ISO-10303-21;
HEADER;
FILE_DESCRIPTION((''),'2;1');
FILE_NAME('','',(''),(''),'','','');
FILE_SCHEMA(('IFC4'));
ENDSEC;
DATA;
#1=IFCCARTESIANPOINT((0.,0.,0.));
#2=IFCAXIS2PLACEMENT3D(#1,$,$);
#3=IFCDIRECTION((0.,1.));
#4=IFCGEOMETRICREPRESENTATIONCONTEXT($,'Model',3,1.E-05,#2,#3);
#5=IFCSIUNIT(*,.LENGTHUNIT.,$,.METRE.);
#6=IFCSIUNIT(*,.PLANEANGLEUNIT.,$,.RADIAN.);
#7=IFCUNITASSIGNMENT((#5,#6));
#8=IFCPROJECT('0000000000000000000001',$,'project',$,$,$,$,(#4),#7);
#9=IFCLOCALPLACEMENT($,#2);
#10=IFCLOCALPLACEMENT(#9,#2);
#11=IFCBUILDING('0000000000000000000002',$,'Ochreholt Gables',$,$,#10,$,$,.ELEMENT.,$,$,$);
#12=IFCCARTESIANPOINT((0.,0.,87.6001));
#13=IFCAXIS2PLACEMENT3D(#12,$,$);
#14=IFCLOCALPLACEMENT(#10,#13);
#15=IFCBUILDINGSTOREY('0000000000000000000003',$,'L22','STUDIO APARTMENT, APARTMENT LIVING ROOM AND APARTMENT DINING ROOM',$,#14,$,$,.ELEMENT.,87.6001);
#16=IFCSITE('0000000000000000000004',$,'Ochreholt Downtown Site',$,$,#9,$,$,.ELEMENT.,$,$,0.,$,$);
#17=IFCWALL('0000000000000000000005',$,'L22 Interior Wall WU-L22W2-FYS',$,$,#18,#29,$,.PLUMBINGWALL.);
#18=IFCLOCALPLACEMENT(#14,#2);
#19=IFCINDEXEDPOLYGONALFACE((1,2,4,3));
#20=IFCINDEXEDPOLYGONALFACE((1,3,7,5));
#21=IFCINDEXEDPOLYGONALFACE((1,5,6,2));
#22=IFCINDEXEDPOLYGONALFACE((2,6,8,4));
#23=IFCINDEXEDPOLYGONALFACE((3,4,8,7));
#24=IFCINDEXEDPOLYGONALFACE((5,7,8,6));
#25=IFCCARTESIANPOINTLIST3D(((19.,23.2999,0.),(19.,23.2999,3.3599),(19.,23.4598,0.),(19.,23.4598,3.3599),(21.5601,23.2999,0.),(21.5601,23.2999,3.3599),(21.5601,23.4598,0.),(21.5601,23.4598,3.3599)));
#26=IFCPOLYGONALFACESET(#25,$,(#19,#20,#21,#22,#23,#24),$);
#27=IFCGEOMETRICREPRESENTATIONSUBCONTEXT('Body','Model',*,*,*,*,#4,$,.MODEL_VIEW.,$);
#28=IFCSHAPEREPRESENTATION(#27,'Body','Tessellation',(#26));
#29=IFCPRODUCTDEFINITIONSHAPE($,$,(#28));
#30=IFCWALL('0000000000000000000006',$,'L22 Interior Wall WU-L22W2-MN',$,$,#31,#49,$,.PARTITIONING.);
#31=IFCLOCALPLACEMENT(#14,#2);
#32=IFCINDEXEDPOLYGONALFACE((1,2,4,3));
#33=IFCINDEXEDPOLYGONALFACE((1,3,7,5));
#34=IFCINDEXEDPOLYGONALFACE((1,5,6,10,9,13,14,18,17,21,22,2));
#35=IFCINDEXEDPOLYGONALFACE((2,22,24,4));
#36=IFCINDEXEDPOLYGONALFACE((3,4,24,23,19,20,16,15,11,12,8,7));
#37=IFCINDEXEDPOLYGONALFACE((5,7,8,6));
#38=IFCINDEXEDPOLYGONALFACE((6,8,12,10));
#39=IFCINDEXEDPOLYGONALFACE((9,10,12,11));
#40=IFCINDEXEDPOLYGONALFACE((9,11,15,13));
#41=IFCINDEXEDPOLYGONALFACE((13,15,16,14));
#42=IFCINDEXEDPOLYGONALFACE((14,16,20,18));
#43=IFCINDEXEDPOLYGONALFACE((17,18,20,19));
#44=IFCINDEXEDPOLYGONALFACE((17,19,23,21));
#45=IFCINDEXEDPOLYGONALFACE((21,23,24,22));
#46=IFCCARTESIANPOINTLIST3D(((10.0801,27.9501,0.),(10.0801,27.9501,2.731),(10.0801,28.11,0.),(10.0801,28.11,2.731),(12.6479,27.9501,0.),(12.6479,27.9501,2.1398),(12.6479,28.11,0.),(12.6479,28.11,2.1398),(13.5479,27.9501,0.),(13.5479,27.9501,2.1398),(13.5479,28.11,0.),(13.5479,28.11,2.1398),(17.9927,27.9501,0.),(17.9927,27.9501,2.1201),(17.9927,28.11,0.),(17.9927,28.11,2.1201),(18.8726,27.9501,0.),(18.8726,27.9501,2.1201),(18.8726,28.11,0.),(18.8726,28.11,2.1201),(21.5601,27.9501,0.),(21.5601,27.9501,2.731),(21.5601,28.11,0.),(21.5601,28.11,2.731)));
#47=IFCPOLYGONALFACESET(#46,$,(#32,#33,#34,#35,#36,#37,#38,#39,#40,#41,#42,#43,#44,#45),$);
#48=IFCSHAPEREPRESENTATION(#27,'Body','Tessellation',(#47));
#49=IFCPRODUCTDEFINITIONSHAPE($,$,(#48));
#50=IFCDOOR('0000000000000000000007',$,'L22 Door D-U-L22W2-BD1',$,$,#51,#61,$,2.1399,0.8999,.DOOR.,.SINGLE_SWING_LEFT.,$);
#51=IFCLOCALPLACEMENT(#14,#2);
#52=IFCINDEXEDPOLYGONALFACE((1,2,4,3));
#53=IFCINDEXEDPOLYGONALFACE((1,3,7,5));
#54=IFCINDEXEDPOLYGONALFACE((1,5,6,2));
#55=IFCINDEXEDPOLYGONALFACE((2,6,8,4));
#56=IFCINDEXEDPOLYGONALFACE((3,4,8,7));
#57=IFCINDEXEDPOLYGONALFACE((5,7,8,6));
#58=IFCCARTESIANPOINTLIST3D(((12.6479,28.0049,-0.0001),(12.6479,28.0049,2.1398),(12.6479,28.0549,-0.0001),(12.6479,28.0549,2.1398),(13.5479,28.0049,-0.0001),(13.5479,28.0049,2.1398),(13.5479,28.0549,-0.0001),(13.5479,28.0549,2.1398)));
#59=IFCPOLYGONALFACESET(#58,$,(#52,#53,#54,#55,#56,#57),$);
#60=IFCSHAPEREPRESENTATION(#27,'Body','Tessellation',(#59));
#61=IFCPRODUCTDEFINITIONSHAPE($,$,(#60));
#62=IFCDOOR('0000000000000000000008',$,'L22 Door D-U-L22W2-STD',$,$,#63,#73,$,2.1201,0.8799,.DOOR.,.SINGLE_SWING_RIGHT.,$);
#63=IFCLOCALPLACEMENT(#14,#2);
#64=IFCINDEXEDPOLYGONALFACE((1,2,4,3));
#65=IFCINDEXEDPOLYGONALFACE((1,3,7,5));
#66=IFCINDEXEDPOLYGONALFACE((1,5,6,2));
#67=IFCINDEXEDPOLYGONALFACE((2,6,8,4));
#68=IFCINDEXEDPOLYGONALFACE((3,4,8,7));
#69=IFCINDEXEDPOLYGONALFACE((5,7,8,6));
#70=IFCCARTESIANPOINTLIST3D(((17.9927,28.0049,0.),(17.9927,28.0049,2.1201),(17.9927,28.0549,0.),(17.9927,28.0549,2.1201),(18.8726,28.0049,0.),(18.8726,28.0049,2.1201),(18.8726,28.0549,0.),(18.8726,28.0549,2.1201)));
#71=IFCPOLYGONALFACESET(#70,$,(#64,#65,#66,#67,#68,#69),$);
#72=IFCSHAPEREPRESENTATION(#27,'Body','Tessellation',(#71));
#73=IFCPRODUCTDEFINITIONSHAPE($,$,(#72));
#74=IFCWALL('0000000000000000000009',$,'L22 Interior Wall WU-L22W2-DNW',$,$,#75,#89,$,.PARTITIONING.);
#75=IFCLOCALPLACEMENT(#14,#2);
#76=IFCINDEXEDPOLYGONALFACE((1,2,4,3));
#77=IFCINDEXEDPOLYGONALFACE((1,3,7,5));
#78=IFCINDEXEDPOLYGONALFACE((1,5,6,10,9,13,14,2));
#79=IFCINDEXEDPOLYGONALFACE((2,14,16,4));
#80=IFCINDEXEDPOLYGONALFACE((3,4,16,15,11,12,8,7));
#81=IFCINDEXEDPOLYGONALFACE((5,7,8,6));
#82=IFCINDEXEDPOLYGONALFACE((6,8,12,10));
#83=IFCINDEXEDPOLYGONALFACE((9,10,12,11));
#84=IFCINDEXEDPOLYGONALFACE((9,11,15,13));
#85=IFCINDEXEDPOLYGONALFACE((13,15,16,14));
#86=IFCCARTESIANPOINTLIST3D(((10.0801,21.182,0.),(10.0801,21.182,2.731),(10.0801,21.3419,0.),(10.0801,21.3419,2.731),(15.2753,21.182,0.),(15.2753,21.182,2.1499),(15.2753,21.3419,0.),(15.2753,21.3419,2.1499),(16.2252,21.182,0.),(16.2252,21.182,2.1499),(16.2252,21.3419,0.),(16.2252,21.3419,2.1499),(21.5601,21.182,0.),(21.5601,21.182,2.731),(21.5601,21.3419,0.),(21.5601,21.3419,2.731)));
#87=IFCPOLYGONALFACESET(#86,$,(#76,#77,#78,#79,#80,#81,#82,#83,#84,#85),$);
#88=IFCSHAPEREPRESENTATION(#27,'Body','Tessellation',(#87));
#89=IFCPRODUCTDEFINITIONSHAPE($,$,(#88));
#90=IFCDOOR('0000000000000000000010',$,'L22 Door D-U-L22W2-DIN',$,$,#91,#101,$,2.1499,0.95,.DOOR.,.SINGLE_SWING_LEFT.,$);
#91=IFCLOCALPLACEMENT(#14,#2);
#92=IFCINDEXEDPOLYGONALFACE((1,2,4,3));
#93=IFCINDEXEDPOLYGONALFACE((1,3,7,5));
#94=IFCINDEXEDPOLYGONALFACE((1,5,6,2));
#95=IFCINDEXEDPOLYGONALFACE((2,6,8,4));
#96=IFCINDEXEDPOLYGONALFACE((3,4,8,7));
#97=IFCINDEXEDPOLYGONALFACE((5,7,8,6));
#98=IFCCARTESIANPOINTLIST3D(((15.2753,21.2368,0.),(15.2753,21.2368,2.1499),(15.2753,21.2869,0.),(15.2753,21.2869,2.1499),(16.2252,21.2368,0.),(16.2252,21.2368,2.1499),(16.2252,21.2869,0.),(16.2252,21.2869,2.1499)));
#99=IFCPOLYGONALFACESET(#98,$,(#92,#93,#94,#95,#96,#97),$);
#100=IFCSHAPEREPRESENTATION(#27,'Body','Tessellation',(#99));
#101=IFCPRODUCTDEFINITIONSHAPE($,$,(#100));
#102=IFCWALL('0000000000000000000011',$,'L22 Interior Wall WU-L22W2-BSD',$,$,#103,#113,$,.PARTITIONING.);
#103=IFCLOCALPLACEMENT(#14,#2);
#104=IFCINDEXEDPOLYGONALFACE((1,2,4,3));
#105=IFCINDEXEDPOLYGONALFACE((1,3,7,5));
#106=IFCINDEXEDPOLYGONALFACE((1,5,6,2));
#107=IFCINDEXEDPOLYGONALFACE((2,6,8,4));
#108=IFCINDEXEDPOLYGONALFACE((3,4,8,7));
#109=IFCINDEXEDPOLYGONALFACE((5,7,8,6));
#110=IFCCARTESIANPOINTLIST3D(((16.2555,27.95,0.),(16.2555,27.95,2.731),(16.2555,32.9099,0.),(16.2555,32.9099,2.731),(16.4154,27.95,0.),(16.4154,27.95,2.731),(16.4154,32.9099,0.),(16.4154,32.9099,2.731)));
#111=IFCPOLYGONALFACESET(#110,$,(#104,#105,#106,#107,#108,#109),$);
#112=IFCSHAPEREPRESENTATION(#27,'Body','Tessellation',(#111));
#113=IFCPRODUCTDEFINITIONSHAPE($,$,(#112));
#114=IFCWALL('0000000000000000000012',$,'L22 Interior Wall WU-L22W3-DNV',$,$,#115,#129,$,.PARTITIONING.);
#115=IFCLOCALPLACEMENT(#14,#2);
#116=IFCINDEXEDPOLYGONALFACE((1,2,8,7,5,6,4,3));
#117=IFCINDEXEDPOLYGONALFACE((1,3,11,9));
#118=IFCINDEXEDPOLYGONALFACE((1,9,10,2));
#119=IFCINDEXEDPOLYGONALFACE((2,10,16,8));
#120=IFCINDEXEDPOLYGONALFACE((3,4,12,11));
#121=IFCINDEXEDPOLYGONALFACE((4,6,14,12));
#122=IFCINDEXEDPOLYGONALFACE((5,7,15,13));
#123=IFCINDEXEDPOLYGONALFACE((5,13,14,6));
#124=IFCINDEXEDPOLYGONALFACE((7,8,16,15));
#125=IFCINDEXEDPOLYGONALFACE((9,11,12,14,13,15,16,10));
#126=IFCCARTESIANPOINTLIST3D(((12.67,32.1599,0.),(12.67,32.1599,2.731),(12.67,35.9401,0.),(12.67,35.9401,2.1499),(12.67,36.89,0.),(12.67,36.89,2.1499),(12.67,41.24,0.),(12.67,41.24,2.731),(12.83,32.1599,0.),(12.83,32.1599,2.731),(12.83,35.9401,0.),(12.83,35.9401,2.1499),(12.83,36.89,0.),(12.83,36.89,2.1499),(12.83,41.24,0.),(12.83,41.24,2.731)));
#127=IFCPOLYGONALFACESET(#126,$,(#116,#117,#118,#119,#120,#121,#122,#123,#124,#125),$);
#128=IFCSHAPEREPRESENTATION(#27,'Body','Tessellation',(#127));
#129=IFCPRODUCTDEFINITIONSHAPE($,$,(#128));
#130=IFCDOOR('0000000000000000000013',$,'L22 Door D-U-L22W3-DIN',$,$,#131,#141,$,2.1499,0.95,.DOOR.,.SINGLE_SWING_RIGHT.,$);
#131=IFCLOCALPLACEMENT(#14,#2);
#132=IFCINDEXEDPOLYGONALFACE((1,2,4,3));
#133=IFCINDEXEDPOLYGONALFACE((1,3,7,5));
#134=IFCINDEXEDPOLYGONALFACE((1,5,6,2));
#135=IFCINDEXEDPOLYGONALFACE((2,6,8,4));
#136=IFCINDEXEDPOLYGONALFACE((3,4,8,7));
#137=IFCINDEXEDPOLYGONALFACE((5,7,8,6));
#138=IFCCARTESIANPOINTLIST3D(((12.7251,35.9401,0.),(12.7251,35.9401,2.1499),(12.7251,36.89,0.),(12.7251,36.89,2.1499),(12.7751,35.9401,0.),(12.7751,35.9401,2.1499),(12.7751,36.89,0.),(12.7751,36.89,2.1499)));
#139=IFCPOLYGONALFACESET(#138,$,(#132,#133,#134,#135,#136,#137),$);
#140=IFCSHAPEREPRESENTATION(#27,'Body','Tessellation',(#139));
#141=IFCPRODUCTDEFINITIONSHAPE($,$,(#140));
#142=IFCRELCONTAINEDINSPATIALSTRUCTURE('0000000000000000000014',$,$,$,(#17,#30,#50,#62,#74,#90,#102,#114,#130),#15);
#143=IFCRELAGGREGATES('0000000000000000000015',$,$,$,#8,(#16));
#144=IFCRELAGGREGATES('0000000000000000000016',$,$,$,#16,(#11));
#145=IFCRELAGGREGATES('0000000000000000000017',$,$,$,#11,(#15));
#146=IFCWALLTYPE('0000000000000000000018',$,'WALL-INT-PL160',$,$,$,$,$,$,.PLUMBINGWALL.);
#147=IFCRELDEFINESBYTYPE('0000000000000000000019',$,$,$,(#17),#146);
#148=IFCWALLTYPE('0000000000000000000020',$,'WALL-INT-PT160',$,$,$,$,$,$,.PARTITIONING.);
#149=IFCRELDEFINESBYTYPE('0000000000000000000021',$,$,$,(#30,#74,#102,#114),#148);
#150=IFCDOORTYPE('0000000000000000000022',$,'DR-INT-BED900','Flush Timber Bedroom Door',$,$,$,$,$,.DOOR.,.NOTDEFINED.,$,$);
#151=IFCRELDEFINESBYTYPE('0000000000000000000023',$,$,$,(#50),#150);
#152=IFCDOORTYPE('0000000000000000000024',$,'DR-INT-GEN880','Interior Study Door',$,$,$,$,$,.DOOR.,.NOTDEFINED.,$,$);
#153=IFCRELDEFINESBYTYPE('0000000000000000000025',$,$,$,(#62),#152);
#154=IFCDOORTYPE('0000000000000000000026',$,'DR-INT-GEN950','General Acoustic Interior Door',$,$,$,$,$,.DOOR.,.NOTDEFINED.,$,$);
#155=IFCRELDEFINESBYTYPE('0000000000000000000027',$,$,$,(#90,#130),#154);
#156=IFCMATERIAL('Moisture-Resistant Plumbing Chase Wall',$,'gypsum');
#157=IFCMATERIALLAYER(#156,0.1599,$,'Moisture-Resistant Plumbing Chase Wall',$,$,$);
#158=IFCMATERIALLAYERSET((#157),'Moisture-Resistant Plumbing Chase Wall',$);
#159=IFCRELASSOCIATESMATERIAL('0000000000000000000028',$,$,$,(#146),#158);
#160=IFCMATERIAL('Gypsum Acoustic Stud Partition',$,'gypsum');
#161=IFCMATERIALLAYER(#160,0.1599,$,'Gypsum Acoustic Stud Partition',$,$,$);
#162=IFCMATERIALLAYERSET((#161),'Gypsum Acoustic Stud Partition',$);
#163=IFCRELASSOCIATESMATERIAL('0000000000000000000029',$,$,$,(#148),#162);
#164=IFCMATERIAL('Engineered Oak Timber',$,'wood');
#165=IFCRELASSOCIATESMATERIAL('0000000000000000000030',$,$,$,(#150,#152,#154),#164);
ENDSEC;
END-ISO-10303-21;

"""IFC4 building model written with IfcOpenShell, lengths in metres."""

from ifc_helpers import new_model, si_unit, direction, frame, frame_2d, origin, place, context, subcontext, project, spatial, rectangle, extrude, material, layer, layer_set, type_object, element, fill, save


model = new_model("IFC4")

# Units and contexts
model_context = context("Model", 3, precision=1e-05, world=origin(), true_north=direction((0.0, 1.0)))
body_context = subcontext(model_context, "Body", "Model", "MODEL_VIEW")
ifc_project = project(units=[si_unit("LENGTHUNIT", "METRE"), si_unit("PLANEANGLEUNIT", "RADIAN")], contexts=[model_context])

# Site, building, storey
site_placement = place(None, origin())
site = spatial("IfcSite", under=ifc_project, at=site_placement, Name="Ochreholt Downtown Site", CompositionType="ELEMENT", RefElevation=0.0)
building_placement = place(site_placement, origin())
building = spatial("IfcBuilding", under=site, at=building_placement, Name="Ochreholt Gables", CompositionType="ELEMENT")
storey_placement = place(building_placement, frame((0.0, 0.0, 87.6001)))
storey = spatial("IfcBuildingStorey", under=building, at=storey_placement, Name="L22", Description="STUDIO APARTMENT, APARTMENT LIVING ROOM AND APARTMENT DINING ROOM", CompositionType="ELEMENT", Elevation=87.6001)

# Wall
ifc_material_1 = material(Name="Moisture-Resistant Plumbing Chase Wall", Category="gypsum")
ifc_layer_1 = layer(ifc_material_1, 0.1599, Name="Moisture-Resistant Plumbing Chase Wall")
ifc_layer_set_1 = layer_set([ifc_layer_1], Name="Moisture-Resistant Plumbing Chase Wall")
wall_type_1 = type_object("IfcWallType", Name="WALL-INT-PL160", PredefinedType="PLUMBINGWALL", material=ifc_layer_set_1)
wall_1_placement = place(storey_placement, frame((19.0, 23.3799, 0.0), z_axis=(0.0, 0.0, 1.0), x_axis=(1.0, 0.0, 0.0)))
element("IfcWall", 1, at=wall_1_placement, inside=storey, type_object=wall_type_1, Name="L22 Interior Wall WU-L22W2-FYS", PredefinedType="PLUMBINGWALL", context=body_context, shape_type="SweptSolid", body=[
    extrude(rectangle(XDim=2.5601, YDim=0.1599, at=frame_2d((1.28, 0.0))), origin(), (0.0, 0.0, 1.0), 3.3599),
])

# Wall, openings, doors
ifc_material_2 = material(Name="Gypsum Acoustic Stud Partition", Category="gypsum")
ifc_layer_2 = layer(ifc_material_2, 0.1599, Name="Gypsum Acoustic Stud Partition")
ifc_layer_set_2 = layer_set([ifc_layer_2], Name="Gypsum Acoustic Stud Partition")
wall_type_2 = type_object("IfcWallType", Name="WALL-INT-PT160", PredefinedType="PARTITIONING", material=ifc_layer_set_2)
wall_2_placement = place(storey_placement, frame((10.0801, 28.03, 0.0), z_axis=(0.0, 0.0, 1.0), x_axis=(1.0, 0.0, 0.0)))
wall_2 = element("IfcWall", 2, at=wall_2_placement, inside=storey, type_object=wall_type_2, Name="L22 Interior Wall WU-L22W2-MN", PredefinedType="PARTITIONING", context=body_context, shape_type="SweptSolid", body=[
    extrude(rectangle(XDim=11.48, YDim=0.1599, at=frame_2d((5.74, 0.0))), origin(), (0.0, 0.0, 1.0), 2.731),
])
opening_1_placement = place(wall_2_placement, frame((7.9126, 0.0, 0.0)))
opening_1 = element("IfcOpeningElement", 3, at=opening_1_placement, cuts=wall_2, PredefinedType="OPENING", context=body_context, shape_type="SweptSolid", body=[
    extrude(rectangle(XDim=0.8799, YDim=2.1201, at=frame_2d((0.4399, 1.0601))), frame((0.0, 0.0898, 0.0), z_axis=(0.0, -1.0, 0.0), x_axis=(1.0, 0.0, 0.0)), (0.0, 0.0, 1.0), 0.1799),
])
opening_2_placement = place(wall_2_placement, frame((2.5679, 0.0, 0.0)))
opening_2 = element("IfcOpeningElement", 4, at=opening_2_placement, cuts=wall_2, PredefinedType="OPENING", context=body_context, shape_type="SweptSolid", body=[
    extrude(rectangle(XDim=0.8999, YDim=2.1399, at=frame_2d((0.45, 1.0698))), frame((0.0, 0.0898, 0.0), z_axis=(0.0, -1.0, 0.0), x_axis=(1.0, 0.0, 0.0)), (0.0, 0.0, 1.0), 0.1799),
])
ifc_material_3 = material(Name="Engineered Oak Timber", Category="wood")
door_type_1 = type_object("IfcDoorType", Name="DR-INT-BED900", Description="Flush Timber Bedroom Door", OperationType="NOTDEFINED", PredefinedType="DOOR", material=ifc_material_3)
door_1_placement = place(opening_2_placement, origin())
door_1 = element("IfcDoor", 5, at=door_1_placement, inside=storey, type_object=door_type_1, Name="L22 Door D-U-L22W2-BD1", OperationType="SINGLE_SWING_LEFT", OverallHeight=2.1399, OverallWidth=0.8999, PredefinedType="DOOR", context=body_context, shape_type="SweptSolid", body=[
    extrude(rectangle(XDim=0.8999, YDim=2.1399, at=frame_2d((0.45, 1.0698))), frame((0.0, 0.0249, 0.0), z_axis=(0.0, -1.0, 0.0), x_axis=(1.0, 0.0, 0.0)), (0.0, 0.0, 1.0), 0.05),
])
fill(opening_2, door_1)
door_type_2 = type_object("IfcDoorType", Name="DR-INT-GEN880", Description="Interior Study Door", OperationType="NOTDEFINED", PredefinedType="DOOR", material=ifc_material_3)
door_2_placement = place(opening_1_placement, origin())
door_2 = element("IfcDoor", 6, at=door_2_placement, inside=storey, type_object=door_type_2, Name="L22 Door D-U-L22W2-STD", OperationType="SINGLE_SWING_RIGHT", OverallHeight=2.1201, OverallWidth=0.8799, PredefinedType="DOOR", context=body_context, shape_type="SweptSolid", body=[
    extrude(rectangle(XDim=0.8799, YDim=2.1201, at=frame_2d((0.4399, 1.0601))), frame((0.0, 0.0249, 0.0), z_axis=(0.0, -1.0, 0.0), x_axis=(1.0, 0.0, 0.0)), (0.0, 0.0, 1.0), 0.05),
])
fill(opening_1, door_2)

# Wall, opening, door
wall_3_placement = place(storey_placement, frame((10.0801, 21.262, 0.0), z_axis=(0.0, 0.0, 1.0), x_axis=(1.0, 0.0, 0.0)))
wall_3 = element("IfcWall", 7, at=wall_3_placement, inside=storey, type_object=wall_type_2, Name="L22 Interior Wall WU-L22W2-DNW", PredefinedType="PARTITIONING", context=body_context, shape_type="SweptSolid", body=[
    extrude(rectangle(XDim=11.48, YDim=0.1599, at=frame_2d((5.74, 0.0))), origin(), (0.0, 0.0, 1.0), 2.731),
])
opening_3_placement = place(wall_3_placement, frame((5.1951, 0.0, 0.0)))
opening_3 = element("IfcOpeningElement", 8, at=opening_3_placement, cuts=wall_3, PredefinedType="OPENING", context=body_context, shape_type="SweptSolid", body=[
    extrude(rectangle(XDim=0.95, YDim=2.1499, at=frame_2d((0.4751, 1.075))), frame((0.0, 0.0898, 0.0), z_axis=(0.0, -1.0, 0.0), x_axis=(1.0, 0.0, 0.0)), (0.0, 0.0, 1.0), 0.1799),
])
door_type_3 = type_object("IfcDoorType", Name="DR-INT-GEN950", Description="General Acoustic Interior Door", OperationType="NOTDEFINED", PredefinedType="DOOR", material=ifc_material_3)
door_3_placement = place(opening_3_placement, origin())
door_3 = element("IfcDoor", 9, at=door_3_placement, inside=storey, type_object=door_type_3, Name="L22 Door D-U-L22W2-DIN", OperationType="SINGLE_SWING_LEFT", OverallHeight=2.1499, OverallWidth=0.95, PredefinedType="DOOR", context=body_context, shape_type="SweptSolid", body=[
    extrude(rectangle(XDim=0.95, YDim=2.1499, at=frame_2d((0.4751, 1.075))), frame((0.0, 0.0249, 0.0), z_axis=(0.0, -1.0, 0.0), x_axis=(1.0, 0.0, 0.0)), (0.0, 0.0, 1.0), 0.05),
])
fill(opening_3, door_3)

# Wall
wall_4_placement = place(storey_placement, frame((16.3354, 27.95, 0.0), z_axis=(0.0, 0.0, 1.0), x_axis=(0.0, 1.0, 0.0)))
element("IfcWall", 10, at=wall_4_placement, inside=storey, type_object=wall_type_2, Name="L22 Interior Wall WU-L22W2-BSD", PredefinedType="PARTITIONING", context=body_context, shape_type="SweptSolid", body=[
    extrude(rectangle(XDim=4.96, YDim=0.1599, at=frame_2d((2.48, 0.0))), origin(), (0.0, 0.0, 1.0), 2.731),
])

# Wall, opening, door
wall_5_placement = place(storey_placement, frame((12.75, 32.1599, 0.0), z_axis=(0.0, 0.0, 1.0), x_axis=(0.0, 1.0, 0.0)))
wall_5 = element("IfcWall", 11, at=wall_5_placement, inside=storey, type_object=wall_type_2, Name="L22 Interior Wall WU-L22W3-DNV", PredefinedType="PARTITIONING", context=body_context, shape_type="SweptSolid", body=[
    extrude(rectangle(XDim=9.0801, YDim=0.1599, at=frame_2d((4.54, 0.0))), origin(), (0.0, 0.0, 1.0), 2.731),
])
opening_4_placement = place(wall_5_placement, frame((3.78, 0.0, 0.0)))
opening_4 = element("IfcOpeningElement", 12, at=opening_4_placement, cuts=wall_5, PredefinedType="OPENING", context=body_context, shape_type="SweptSolid", body=[
    extrude(rectangle(XDim=0.95, YDim=2.1499, at=frame_2d((0.4751, 1.075))), frame((0.0, 0.0898, 0.0), z_axis=(0.0, -1.0, 0.0), x_axis=(1.0, 0.0, 0.0)), (0.0, 0.0, 1.0), 0.1799),
])
door_4_placement = place(opening_4_placement, origin())
door_4 = element("IfcDoor", 13, at=door_4_placement, inside=storey, type_object=door_type_3, Name="L22 Door D-U-L22W3-DIN", OperationType="SINGLE_SWING_RIGHT", OverallHeight=2.1499, OverallWidth=0.95, PredefinedType="DOOR", context=body_context, shape_type="SweptSolid", body=[
    extrude(rectangle(XDim=0.95, YDim=2.1499, at=frame_2d((0.4751, 1.075))), frame((0.0, 0.0249, 0.0), z_axis=(0.0, -1.0, 0.0), x_axis=(1.0, 0.0, 0.0)), (0.0, 0.0, 1.0), 0.05),
])
fill(opening_4, door_4)

save(model, "model.ifc")
